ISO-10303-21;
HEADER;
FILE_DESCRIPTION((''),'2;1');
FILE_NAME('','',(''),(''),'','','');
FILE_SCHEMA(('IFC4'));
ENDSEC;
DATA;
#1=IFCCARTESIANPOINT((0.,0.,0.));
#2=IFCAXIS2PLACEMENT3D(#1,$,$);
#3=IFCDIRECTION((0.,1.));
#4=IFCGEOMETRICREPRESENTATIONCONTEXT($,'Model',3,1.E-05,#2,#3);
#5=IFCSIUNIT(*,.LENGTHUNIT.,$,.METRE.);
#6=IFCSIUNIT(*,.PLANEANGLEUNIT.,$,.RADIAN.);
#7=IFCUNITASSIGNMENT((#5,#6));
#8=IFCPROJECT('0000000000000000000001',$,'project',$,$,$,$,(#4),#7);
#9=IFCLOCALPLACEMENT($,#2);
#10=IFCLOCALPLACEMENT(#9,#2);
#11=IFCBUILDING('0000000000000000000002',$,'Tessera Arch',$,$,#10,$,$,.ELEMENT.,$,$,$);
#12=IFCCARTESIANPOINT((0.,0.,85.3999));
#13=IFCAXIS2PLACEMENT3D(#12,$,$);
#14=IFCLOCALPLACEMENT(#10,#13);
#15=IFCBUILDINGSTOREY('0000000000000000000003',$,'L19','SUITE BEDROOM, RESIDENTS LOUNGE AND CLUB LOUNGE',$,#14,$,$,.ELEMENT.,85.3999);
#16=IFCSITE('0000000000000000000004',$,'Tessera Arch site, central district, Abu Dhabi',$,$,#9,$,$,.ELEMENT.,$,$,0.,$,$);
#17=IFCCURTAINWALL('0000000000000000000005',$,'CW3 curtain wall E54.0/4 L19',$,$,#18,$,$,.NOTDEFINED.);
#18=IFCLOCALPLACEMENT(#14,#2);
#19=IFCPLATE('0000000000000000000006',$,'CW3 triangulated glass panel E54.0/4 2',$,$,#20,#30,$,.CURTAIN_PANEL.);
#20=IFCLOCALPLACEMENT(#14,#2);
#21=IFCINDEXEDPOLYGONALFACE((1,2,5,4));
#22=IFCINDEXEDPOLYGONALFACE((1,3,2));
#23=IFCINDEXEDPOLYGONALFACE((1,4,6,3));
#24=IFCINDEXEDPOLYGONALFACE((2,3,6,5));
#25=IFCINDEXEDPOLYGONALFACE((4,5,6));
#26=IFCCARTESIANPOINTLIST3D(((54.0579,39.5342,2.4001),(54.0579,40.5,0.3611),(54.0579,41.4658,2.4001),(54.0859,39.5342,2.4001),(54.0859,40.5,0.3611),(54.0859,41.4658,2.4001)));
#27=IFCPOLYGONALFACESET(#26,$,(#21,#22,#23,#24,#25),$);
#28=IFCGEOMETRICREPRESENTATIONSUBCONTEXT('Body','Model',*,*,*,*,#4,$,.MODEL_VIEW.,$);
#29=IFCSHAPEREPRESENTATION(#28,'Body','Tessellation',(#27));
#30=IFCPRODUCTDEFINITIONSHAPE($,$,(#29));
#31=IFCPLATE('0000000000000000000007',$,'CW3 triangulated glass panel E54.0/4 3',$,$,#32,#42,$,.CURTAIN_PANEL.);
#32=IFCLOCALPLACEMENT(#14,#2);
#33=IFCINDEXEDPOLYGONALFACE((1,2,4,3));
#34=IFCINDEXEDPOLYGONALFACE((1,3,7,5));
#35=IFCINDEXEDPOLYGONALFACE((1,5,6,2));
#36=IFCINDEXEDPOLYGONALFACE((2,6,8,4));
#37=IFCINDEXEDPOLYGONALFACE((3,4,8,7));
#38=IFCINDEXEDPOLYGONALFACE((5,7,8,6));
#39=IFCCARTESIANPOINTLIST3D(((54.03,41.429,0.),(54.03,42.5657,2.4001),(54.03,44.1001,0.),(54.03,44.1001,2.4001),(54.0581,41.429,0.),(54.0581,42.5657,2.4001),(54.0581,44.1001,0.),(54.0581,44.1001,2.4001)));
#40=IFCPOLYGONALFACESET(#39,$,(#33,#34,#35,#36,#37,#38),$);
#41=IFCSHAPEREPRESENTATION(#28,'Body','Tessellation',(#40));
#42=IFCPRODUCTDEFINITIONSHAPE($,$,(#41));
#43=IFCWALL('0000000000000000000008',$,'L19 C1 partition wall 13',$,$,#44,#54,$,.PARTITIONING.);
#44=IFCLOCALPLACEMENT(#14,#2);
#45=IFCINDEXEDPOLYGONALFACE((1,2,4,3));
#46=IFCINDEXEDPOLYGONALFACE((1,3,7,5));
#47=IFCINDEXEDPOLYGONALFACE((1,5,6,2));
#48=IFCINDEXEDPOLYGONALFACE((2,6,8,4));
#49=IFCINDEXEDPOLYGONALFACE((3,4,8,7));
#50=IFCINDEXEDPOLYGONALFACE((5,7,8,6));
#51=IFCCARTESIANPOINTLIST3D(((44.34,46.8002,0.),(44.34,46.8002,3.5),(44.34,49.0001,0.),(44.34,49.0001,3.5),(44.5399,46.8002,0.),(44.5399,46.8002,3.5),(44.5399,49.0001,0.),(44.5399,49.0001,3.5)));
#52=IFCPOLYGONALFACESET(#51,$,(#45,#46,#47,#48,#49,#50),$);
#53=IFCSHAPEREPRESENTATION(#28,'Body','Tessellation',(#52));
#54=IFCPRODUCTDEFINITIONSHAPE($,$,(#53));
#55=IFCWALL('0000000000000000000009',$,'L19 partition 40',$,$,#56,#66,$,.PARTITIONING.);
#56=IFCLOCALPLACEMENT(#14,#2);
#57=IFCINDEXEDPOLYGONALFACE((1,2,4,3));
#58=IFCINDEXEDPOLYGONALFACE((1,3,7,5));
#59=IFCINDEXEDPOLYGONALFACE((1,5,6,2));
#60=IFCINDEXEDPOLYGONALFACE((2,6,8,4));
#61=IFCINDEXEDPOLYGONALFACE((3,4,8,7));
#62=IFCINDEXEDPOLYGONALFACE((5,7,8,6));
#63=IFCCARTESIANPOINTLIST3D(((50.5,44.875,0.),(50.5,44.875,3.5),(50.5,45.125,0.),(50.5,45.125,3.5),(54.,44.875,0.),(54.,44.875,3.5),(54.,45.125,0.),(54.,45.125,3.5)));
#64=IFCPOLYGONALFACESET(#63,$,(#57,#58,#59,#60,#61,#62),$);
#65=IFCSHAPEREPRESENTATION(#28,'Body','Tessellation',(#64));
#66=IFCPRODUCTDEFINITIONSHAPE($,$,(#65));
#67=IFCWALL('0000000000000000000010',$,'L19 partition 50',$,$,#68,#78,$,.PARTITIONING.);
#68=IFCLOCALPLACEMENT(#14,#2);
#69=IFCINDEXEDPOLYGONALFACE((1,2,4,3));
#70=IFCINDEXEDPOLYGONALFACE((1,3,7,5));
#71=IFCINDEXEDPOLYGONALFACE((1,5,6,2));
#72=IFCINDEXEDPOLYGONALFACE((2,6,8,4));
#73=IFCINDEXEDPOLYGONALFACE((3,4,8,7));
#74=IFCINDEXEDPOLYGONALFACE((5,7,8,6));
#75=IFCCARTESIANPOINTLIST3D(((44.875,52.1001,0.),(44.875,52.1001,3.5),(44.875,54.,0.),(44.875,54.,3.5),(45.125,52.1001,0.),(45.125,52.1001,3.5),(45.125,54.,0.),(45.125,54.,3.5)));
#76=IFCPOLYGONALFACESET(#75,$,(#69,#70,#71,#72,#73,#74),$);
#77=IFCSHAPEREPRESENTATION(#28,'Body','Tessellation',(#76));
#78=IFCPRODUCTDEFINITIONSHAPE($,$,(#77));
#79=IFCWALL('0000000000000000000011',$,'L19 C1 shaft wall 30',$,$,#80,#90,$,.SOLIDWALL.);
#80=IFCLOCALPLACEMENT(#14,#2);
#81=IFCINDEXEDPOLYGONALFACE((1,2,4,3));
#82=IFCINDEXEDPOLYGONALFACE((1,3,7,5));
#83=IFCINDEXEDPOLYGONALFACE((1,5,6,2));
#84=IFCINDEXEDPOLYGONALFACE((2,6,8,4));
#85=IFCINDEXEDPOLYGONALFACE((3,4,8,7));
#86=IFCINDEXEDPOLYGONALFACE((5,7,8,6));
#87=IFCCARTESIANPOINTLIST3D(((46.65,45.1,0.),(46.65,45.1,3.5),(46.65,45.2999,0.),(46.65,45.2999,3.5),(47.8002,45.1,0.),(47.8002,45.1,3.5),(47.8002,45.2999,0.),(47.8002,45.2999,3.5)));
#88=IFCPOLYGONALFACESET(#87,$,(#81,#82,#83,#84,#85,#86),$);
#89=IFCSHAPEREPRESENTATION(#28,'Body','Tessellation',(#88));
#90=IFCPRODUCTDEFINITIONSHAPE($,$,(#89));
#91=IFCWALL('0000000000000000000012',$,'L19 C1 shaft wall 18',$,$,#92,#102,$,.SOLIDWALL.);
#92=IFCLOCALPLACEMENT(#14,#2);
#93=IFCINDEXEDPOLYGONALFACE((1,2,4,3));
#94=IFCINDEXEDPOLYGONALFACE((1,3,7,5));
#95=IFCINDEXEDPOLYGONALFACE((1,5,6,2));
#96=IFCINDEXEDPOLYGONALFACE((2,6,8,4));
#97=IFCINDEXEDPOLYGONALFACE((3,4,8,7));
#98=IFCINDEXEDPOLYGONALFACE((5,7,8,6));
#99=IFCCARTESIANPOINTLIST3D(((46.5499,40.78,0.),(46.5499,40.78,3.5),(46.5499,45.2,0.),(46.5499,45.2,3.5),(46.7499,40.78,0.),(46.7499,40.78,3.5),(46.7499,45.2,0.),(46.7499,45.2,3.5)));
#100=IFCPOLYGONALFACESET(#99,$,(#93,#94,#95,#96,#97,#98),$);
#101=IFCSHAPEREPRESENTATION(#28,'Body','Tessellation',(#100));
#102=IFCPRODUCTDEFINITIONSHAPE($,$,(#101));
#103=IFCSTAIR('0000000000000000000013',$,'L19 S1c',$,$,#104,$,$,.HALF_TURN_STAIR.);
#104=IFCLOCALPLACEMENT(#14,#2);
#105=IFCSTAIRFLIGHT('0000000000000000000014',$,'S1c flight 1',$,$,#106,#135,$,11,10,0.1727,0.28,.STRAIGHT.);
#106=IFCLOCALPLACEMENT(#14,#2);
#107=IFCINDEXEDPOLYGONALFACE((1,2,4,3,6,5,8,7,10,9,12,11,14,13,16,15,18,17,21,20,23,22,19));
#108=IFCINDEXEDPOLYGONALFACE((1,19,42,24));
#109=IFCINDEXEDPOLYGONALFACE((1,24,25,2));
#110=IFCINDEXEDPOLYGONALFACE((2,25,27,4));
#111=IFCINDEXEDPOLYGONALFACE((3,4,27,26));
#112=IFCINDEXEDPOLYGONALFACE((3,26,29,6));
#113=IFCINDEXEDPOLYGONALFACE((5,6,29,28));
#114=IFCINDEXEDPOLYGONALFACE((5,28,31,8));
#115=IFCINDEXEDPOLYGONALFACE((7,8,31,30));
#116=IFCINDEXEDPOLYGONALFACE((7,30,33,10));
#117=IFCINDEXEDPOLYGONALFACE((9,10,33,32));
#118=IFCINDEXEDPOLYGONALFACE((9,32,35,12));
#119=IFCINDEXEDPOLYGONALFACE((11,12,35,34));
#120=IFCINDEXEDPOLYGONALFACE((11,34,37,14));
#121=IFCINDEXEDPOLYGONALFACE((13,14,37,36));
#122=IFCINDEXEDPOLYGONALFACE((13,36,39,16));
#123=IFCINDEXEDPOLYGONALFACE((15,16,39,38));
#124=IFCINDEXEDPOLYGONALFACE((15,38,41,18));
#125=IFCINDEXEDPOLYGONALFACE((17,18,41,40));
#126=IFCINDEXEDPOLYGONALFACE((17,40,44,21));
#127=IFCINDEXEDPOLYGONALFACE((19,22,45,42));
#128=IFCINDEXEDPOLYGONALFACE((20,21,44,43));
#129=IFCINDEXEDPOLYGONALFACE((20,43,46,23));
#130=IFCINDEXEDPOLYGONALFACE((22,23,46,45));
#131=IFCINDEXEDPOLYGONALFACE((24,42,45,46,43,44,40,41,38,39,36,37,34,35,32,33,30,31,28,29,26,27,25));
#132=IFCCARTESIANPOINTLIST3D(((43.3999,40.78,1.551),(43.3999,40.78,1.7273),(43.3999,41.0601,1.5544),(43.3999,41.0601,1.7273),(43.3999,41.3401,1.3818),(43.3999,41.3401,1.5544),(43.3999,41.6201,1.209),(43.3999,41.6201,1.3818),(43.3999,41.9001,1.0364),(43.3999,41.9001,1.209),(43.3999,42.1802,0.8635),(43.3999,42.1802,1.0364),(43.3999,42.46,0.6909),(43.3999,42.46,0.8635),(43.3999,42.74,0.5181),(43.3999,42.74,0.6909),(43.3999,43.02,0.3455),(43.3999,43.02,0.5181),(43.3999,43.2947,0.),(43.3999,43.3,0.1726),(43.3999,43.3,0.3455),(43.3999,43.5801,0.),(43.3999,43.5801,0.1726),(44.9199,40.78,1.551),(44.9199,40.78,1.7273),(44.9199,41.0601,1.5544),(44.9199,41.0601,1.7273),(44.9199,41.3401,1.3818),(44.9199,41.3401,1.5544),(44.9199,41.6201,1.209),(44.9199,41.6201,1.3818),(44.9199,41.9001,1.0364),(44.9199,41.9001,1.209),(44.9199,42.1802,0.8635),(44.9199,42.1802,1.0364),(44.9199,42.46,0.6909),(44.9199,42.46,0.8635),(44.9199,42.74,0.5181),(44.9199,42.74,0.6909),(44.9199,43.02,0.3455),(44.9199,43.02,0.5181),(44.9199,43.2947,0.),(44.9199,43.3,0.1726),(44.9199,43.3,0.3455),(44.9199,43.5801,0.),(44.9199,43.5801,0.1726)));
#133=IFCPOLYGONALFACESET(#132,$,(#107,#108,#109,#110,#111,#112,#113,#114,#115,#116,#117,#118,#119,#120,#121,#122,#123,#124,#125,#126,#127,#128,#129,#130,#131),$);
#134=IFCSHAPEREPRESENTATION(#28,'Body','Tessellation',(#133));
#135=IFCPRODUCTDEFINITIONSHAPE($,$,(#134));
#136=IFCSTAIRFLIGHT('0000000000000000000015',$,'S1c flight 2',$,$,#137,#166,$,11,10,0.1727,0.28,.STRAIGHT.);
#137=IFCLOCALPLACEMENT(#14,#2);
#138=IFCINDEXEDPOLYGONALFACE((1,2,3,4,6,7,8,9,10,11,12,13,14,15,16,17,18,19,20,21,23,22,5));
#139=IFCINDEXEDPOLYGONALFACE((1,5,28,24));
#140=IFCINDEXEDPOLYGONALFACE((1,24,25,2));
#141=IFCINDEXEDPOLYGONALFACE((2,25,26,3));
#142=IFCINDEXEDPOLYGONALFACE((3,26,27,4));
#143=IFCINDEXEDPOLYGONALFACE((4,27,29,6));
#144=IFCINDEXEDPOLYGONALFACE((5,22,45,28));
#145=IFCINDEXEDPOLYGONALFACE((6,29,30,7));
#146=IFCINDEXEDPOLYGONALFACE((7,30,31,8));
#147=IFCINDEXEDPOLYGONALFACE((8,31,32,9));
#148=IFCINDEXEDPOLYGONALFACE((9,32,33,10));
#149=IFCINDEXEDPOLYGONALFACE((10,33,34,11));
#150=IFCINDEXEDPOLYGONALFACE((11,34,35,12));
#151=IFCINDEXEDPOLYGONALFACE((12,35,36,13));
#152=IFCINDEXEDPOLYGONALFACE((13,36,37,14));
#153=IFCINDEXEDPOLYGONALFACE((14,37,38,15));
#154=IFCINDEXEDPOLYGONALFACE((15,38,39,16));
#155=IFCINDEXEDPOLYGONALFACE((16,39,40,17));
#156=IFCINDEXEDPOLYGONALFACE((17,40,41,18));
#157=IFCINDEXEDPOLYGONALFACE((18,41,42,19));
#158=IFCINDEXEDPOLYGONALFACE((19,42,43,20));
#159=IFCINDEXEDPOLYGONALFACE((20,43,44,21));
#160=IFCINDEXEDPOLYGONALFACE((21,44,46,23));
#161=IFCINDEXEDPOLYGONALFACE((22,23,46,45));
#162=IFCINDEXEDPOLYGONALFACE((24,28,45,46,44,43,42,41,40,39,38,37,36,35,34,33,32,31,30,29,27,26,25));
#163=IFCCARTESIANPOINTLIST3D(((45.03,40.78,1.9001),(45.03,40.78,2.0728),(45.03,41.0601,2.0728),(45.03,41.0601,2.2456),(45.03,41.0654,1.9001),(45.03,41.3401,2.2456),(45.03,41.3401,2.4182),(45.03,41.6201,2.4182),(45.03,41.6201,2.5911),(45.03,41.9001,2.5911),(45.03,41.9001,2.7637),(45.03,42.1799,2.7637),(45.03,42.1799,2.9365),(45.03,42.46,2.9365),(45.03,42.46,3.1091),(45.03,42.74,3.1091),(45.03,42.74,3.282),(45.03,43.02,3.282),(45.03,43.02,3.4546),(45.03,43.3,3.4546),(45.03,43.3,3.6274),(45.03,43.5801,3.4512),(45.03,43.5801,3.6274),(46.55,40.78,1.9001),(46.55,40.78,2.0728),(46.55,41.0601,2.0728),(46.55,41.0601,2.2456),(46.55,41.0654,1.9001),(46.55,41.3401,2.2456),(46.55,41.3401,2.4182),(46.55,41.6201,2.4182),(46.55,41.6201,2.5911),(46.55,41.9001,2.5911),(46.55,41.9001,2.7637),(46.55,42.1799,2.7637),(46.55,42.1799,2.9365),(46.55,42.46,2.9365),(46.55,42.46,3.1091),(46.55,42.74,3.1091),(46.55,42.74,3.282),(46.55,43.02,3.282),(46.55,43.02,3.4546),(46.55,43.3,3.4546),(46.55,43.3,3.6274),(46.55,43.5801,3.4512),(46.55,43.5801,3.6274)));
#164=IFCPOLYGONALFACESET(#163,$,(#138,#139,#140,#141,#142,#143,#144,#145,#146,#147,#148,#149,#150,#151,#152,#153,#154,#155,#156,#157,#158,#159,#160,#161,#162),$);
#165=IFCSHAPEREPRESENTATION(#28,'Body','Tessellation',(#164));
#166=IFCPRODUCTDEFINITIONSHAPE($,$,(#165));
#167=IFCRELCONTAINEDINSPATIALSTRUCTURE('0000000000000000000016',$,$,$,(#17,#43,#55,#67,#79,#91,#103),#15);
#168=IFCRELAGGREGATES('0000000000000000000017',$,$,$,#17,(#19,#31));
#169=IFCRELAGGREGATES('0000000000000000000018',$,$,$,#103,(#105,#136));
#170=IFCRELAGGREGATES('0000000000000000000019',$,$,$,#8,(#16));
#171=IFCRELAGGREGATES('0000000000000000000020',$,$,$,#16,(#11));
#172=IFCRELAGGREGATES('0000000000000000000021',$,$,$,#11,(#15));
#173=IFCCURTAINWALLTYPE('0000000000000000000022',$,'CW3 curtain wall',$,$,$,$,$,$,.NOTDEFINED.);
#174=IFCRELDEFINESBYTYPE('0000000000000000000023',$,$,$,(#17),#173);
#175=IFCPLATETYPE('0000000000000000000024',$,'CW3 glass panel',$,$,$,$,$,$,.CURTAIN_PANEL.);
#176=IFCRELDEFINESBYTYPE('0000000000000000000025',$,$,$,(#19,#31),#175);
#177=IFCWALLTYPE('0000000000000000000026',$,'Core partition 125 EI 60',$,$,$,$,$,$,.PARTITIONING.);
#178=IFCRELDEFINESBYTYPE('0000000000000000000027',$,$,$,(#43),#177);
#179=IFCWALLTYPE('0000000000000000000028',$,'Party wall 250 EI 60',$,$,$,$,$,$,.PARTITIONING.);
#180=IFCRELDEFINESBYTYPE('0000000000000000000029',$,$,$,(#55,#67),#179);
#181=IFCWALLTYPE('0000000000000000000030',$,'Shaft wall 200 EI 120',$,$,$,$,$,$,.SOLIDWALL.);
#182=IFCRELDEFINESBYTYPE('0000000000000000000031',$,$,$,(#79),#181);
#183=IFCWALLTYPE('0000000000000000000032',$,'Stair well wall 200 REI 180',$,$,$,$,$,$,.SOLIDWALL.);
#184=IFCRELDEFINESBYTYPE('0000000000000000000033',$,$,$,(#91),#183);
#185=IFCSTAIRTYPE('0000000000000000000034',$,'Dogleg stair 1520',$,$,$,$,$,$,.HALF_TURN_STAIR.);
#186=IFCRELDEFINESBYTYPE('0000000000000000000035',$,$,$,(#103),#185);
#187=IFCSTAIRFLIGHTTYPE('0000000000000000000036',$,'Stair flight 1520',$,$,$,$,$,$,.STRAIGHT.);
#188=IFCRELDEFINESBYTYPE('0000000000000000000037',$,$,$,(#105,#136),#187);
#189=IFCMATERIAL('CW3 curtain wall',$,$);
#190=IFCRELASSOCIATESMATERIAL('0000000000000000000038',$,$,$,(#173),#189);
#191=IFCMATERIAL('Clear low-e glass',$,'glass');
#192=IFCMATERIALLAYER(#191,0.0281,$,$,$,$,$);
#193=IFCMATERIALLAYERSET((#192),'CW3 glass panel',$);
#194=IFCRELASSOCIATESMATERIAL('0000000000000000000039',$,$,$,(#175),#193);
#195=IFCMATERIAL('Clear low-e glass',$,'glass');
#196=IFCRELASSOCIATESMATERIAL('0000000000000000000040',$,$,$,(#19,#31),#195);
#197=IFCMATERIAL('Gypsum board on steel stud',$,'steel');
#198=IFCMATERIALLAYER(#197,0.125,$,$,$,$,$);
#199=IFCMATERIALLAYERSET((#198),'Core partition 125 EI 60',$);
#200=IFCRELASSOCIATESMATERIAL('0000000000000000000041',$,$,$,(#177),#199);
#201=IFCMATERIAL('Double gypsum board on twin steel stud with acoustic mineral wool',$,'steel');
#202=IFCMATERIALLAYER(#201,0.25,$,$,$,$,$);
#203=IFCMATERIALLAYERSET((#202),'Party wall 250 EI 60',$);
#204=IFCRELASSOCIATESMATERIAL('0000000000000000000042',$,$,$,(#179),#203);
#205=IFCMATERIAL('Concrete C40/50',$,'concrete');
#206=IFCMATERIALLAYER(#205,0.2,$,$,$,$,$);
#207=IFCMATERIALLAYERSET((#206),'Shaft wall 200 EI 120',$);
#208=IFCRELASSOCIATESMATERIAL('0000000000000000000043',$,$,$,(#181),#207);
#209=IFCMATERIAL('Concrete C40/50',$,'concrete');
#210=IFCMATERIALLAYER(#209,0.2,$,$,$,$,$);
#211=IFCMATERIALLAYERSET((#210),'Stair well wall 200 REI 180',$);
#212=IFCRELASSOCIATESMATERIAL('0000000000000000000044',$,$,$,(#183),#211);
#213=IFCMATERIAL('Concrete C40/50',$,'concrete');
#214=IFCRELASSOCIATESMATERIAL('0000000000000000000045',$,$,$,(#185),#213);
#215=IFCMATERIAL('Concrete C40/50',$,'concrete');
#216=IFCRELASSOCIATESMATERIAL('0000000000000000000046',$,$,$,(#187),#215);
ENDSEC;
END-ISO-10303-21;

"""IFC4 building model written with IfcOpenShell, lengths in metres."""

from ifc_helpers import new_model, si_unit, direction, frame, frame_2d, origin, place, context, subcontext, project, spatial, polyline, rectangle, outline, extrude, material, layer, layer_set, type_object, element, aggregate, save


model = new_model("IFC4")

# Units and contexts
model_context = context("Model", 3, precision=1e-05, world=origin(), true_north=direction((0.0, 1.0)))
body_context = subcontext(model_context, "Body", "Model", "MODEL_VIEW")
ifc_project = project(units=[si_unit("LENGTHUNIT", "METRE"), si_unit("PLANEANGLEUNIT", "RADIAN")], contexts=[model_context])

# Site, building, storey
site_placement = place(None, origin())
site = spatial("IfcSite", under=ifc_project, at=site_placement, Name="Tessera Arch site, central district, Abu Dhabi", CompositionType="ELEMENT", RefElevation=0.0)
building_placement = place(site_placement, origin())
building = spatial("IfcBuilding", under=site, at=building_placement, Name="Tessera Arch", CompositionType="ELEMENT")
storey_placement = place(building_placement, frame((0.0, 0.0, 85.3999)))
storey = spatial("IfcBuildingStorey", under=building, at=storey_placement, Name="L19", Description="SUITE BEDROOM, RESIDENTS LOUNGE AND CLUB LOUNGE", CompositionType="ELEMENT", Elevation=85.3999)

# Shared definitions
ifc_material_1 = material(Name="CW3 curtain wall")
curtain_wall_type_1 = type_object("IfcCurtainWallType", Name="CW3 curtain wall", PredefinedType="NOTDEFINED", material=ifc_material_1)

# Shared definitions
ifc_material_2 = material(Name="Clear low-e glass", Category="glass")

# Curtain wall
curtain_wall_1_placement = place(storey_placement, origin())
curtain_wall_1 = element("IfcCurtainWall", 1, at=curtain_wall_1_placement, inside=storey, type_object=curtain_wall_type_1, Name="CW3 curtain wall E54.0/4 L19", PredefinedType="NOTDEFINED")

# Plates
ifc_material_3 = material(Name="Clear low-e glass", Category="glass")
ifc_layer_1 = layer(ifc_material_3, 0.0281)
ifc_layer_set_1 = layer_set([ifc_layer_1], Name="CW3 glass panel")
plate_type_1 = type_object("IfcPlateType", Name="CW3 glass panel", PredefinedType="CURTAIN_PANEL", material=ifc_layer_set_1)
plate_1_placement = place(storey_placement, frame((54.0859, 41.4658, 2.4001), z_axis=(1.0, 0.0, 0.0), x_axis=(0.0, -1.0, 0.0)))
plate_1 = element("IfcPlate", 2, at=plate_1_placement, type_object=plate_type_1, material=ifc_material_2, Name="CW3 triangulated glass panel E54.0/4 2", PredefinedType="CURTAIN_PANEL", context=body_context, shape_type="SweptSolid", body=[
    extrude(outline(polyline([(0.0, 0.0), (1.9316, 0.0), (0.9658, 2.0391), (0.0, 0.0)])), origin(), (0.0, 0.0, -1.0), 0.0281),
])
plate_2_placement = place(storey_placement, frame((54.0581, 44.1001, 2.4001), z_axis=(1.0, 0.0, 0.0), x_axis=(0.0, -1.0, 0.0)))
plate_2 = element("IfcPlate", 3, at=plate_2_placement, type_object=plate_type_1, material=ifc_material_2, Name="CW3 triangulated glass panel E54.0/4 3", PredefinedType="CURTAIN_PANEL", context=body_context, shape_type="SweptSolid", body=[
    extrude(outline(polyline([(0.0, 0.0), (1.5344, 0.0), (2.6711, 2.4001), (0.0, 2.4001), (0.0, 0.0)])), origin(), (0.0, 0.0, -1.0), 0.0281),
])
aggregate(curtain_wall_1, [plate_1, plate_2])

# Walls
ifc_material_4 = material(Name="Gypsum board on steel stud", Category="steel")
ifc_layer_2 = layer(ifc_material_4, 0.125)
ifc_layer_set_2 = layer_set([ifc_layer_2], Name="Core partition 125 EI 60")
wall_type_1 = type_object("IfcWallType", Name="Core partition 125 EI 60", PredefinedType="PARTITIONING", material=ifc_layer_set_2)
wall_1_placement = place(storey_placement, frame((44.4399, 46.8, 0.0), z_axis=(0.0, 0.0, 1.0), x_axis=(0.0, 1.0, 0.0)))
element("IfcWall", 4, at=wall_1_placement, inside=storey, type_object=wall_type_1, Name="L19 C1 partition wall 13", PredefinedType="PARTITIONING", context=body_context, shape_type="SweptSolid", body=[
    extrude(rectangle(XDim=2.2, YDim=0.2, at=frame_2d((1.1001, 0.0))), origin(), (0.0, 0.0, 1.0), 3.5),
])
ifc_material_5 = material(Name="Double gypsum board on twin steel stud with acoustic mineral wool", Category="steel")
ifc_layer_3 = layer(ifc_material_5, 0.25)
ifc_layer_set_3 = layer_set([ifc_layer_3], Name="Party wall 250 EI 60")
wall_type_2 = type_object("IfcWallType", Name="Party wall 250 EI 60", PredefinedType="PARTITIONING", material=ifc_layer_set_3)
wall_2_placement = place(storey_placement, frame((50.5, 45.0, 0.0), z_axis=(0.0, 0.0, 1.0), x_axis=(1.0, 0.0, 0.0)))
element("IfcWall", 5, at=wall_2_placement, inside=storey, type_object=wall_type_2, Name="L19 partition 40", PredefinedType="PARTITIONING", context=body_context, shape_type="SweptSolid", body=[
    extrude(rectangle(XDim=3.5, YDim=0.25, at=frame_2d((1.75, 0.0))), origin(), (0.0, 0.0, 1.0), 3.5),
])
wall_3_placement = place(storey_placement, frame((45.0, 52.1001, 0.0), z_axis=(0.0, 0.0, 1.0), x_axis=(0.0, 1.0, 0.0)))
element("IfcWall", 6, at=wall_3_placement, inside=storey, type_object=wall_type_2, Name="L19 partition 50", PredefinedType="PARTITIONING", context=body_context, shape_type="SweptSolid", body=[
    extrude(rectangle(XDim=1.8999, YDim=0.25, at=frame_2d((0.95, 0.0))), origin(), (0.0, 0.0, 1.0), 3.5),
])
ifc_material_6 = material(Name="Concrete C40/50", Category="concrete")
ifc_layer_4 = layer(ifc_material_6, 0.2)
ifc_layer_set_4 = layer_set([ifc_layer_4], Name="Shaft wall 200 EI 120")
wall_type_3 = type_object("IfcWallType", Name="Shaft wall 200 EI 120", PredefinedType="SOLIDWALL", material=ifc_layer_set_4)
wall_4_placement = place(storey_placement, frame((46.6499, 45.2, 0.0), z_axis=(0.0, 0.0, 1.0), x_axis=(1.0, 0.0, 0.0)))
element("IfcWall", 7, at=wall_4_placement, inside=storey, type_object=wall_type_3, Name="L19 C1 shaft wall 30", PredefinedType="SOLIDWALL", context=body_context, shape_type="SweptSolid", body=[
    extrude(rectangle(XDim=1.1501, YDim=0.2, at=frame_2d((0.5752, 0.0))), origin(), (0.0, 0.0, 1.0), 3.5),
])
ifc_material_7 = material(Name="Concrete C40/50", Category="concrete")
ifc_layer_5 = layer(ifc_material_7, 0.2)
ifc_layer_set_5 = layer_set([ifc_layer_5], Name="Stair well wall 200 REI 180")
wall_type_4 = type_object("IfcWallType", Name="Stair well wall 200 REI 180", PredefinedType="SOLIDWALL", material=ifc_layer_set_5)
wall_5_placement = place(storey_placement, frame((46.6499, 40.78, 0.0), z_axis=(0.0, 0.0, 1.0), x_axis=(0.0, 1.0, 0.0)))
element("IfcWall", 8, at=wall_5_placement, inside=storey, type_object=wall_type_4, Name="L19 C1 shaft wall 18", PredefinedType="SOLIDWALL", context=body_context, shape_type="SweptSolid", body=[
    extrude(rectangle(XDim=4.4199, YDim=0.2, at=frame_2d((2.21, 0.0))), origin(), (0.0, 0.0, 1.0), 3.5),
])

# Stair, stair flights
ifc_material_8 = material(Name="Concrete C40/50", Category="concrete")
stair_type = type_object("IfcStairType", Name="Dogleg stair 1520", PredefinedType="HALF_TURN_STAIR", material=ifc_material_8)
stair_placement = place(storey_placement, origin())
stair = element("IfcStair", 9, at=stair_placement, inside=storey, type_object=stair_type, Name="L19 S1c", PredefinedType="HALF_TURN_STAIR")
ifc_material_9 = material(Name="Concrete C40/50", Category="concrete")
stair_flight_type = type_object("IfcStairFlightType", Name="Stair flight 1520", PredefinedType="STRAIGHT", material=ifc_material_9)
stair_flight_1_placement = place(storey_placement, frame((44.1599, 43.5801, 0.0), z_axis=(0.0, 0.0, 1.0), x_axis=(0.0, -1.0, 0.0)))
stair_flight_1 = element("IfcStairFlight", 10, at=stair_flight_1_placement, type_object=stair_flight_type, Name="S1c flight 1", NumberOfRisers=11, NumberOfTreads=10, PredefinedType="STRAIGHT", RiserHeight=0.1727, TreadLength=0.28, context=body_context, shape_type="SweptSolid", body=[
    extrude(outline(polyline([(0.0, 0.0), (0.0, 0.1726), (0.28, 0.1726), (0.28, 0.3455), (0.5601, 0.3455), (0.5601, 0.5181), (0.8401, 0.5181), (0.8401, 0.6909), (1.1201, 0.6909), (1.1201, 0.8635), (1.3999, 0.8635), (1.3999, 1.0364), (1.6799, 1.0364), (1.6799, 1.209), (1.96, 1.209), (1.96, 1.3818), (2.24, 1.3818), (2.24, 1.5544), (2.52, 1.5544), (2.52, 1.7273), (2.8, 1.7273), (2.8, 1.8999), (2.8, 1.551), (0.2854, 0.0), (0.0, 0.0)])), frame((0.0, 0.76, 0.0), z_axis=(0.0, -1.0, 0.0), x_axis=(1.0, 0.0, 0.0)), (0.0, 0.0, 1.0), 1.52),
])
stair_flight_2_placement = place(storey_placement, frame((45.79, 40.78, 1.9001), z_axis=(0.0, 0.0, 1.0), x_axis=(0.0, 1.0, 0.0)))
stair_flight_2 = element("IfcStairFlight", 11, at=stair_flight_2_placement, type_object=stair_flight_type, Name="S1c flight 2", NumberOfRisers=11, NumberOfTreads=10, PredefinedType="STRAIGHT", RiserHeight=0.1727, TreadLength=0.28, context=body_context, shape_type="SweptSolid", body=[
    extrude(outline(polyline([(0.0, 0.0), (0.0, 0.1726), (0.28, 0.1726), (0.28, 0.3455), (0.5601, 0.3455), (0.5601, 0.5181), (0.8401, 0.5181), (0.8401, 0.6909), (1.1201, 0.6909), (1.1201, 0.8635), (1.3999, 0.8635), (1.3999, 1.0364), (1.6799, 1.0364), (1.6799, 1.209), (1.96, 1.209), (1.96, 1.3818), (2.24, 1.3818), (2.24, 1.5544), (2.52, 1.5544), (2.52, 1.7273), (2.8, 1.7273), (2.8, 1.8999), (2.8, 1.551), (0.2854, 0.0), (0.0, 0.0)])), frame((0.0, 0.76, 0.0), z_axis=(0.0, -1.0, 0.0), x_axis=(1.0, 0.0, 0.0)), (0.0, 0.0, 1.0), 1.52),
])
aggregate(stair, [stair_flight_1, stair_flight_2])

save(model, "model.ifc")
